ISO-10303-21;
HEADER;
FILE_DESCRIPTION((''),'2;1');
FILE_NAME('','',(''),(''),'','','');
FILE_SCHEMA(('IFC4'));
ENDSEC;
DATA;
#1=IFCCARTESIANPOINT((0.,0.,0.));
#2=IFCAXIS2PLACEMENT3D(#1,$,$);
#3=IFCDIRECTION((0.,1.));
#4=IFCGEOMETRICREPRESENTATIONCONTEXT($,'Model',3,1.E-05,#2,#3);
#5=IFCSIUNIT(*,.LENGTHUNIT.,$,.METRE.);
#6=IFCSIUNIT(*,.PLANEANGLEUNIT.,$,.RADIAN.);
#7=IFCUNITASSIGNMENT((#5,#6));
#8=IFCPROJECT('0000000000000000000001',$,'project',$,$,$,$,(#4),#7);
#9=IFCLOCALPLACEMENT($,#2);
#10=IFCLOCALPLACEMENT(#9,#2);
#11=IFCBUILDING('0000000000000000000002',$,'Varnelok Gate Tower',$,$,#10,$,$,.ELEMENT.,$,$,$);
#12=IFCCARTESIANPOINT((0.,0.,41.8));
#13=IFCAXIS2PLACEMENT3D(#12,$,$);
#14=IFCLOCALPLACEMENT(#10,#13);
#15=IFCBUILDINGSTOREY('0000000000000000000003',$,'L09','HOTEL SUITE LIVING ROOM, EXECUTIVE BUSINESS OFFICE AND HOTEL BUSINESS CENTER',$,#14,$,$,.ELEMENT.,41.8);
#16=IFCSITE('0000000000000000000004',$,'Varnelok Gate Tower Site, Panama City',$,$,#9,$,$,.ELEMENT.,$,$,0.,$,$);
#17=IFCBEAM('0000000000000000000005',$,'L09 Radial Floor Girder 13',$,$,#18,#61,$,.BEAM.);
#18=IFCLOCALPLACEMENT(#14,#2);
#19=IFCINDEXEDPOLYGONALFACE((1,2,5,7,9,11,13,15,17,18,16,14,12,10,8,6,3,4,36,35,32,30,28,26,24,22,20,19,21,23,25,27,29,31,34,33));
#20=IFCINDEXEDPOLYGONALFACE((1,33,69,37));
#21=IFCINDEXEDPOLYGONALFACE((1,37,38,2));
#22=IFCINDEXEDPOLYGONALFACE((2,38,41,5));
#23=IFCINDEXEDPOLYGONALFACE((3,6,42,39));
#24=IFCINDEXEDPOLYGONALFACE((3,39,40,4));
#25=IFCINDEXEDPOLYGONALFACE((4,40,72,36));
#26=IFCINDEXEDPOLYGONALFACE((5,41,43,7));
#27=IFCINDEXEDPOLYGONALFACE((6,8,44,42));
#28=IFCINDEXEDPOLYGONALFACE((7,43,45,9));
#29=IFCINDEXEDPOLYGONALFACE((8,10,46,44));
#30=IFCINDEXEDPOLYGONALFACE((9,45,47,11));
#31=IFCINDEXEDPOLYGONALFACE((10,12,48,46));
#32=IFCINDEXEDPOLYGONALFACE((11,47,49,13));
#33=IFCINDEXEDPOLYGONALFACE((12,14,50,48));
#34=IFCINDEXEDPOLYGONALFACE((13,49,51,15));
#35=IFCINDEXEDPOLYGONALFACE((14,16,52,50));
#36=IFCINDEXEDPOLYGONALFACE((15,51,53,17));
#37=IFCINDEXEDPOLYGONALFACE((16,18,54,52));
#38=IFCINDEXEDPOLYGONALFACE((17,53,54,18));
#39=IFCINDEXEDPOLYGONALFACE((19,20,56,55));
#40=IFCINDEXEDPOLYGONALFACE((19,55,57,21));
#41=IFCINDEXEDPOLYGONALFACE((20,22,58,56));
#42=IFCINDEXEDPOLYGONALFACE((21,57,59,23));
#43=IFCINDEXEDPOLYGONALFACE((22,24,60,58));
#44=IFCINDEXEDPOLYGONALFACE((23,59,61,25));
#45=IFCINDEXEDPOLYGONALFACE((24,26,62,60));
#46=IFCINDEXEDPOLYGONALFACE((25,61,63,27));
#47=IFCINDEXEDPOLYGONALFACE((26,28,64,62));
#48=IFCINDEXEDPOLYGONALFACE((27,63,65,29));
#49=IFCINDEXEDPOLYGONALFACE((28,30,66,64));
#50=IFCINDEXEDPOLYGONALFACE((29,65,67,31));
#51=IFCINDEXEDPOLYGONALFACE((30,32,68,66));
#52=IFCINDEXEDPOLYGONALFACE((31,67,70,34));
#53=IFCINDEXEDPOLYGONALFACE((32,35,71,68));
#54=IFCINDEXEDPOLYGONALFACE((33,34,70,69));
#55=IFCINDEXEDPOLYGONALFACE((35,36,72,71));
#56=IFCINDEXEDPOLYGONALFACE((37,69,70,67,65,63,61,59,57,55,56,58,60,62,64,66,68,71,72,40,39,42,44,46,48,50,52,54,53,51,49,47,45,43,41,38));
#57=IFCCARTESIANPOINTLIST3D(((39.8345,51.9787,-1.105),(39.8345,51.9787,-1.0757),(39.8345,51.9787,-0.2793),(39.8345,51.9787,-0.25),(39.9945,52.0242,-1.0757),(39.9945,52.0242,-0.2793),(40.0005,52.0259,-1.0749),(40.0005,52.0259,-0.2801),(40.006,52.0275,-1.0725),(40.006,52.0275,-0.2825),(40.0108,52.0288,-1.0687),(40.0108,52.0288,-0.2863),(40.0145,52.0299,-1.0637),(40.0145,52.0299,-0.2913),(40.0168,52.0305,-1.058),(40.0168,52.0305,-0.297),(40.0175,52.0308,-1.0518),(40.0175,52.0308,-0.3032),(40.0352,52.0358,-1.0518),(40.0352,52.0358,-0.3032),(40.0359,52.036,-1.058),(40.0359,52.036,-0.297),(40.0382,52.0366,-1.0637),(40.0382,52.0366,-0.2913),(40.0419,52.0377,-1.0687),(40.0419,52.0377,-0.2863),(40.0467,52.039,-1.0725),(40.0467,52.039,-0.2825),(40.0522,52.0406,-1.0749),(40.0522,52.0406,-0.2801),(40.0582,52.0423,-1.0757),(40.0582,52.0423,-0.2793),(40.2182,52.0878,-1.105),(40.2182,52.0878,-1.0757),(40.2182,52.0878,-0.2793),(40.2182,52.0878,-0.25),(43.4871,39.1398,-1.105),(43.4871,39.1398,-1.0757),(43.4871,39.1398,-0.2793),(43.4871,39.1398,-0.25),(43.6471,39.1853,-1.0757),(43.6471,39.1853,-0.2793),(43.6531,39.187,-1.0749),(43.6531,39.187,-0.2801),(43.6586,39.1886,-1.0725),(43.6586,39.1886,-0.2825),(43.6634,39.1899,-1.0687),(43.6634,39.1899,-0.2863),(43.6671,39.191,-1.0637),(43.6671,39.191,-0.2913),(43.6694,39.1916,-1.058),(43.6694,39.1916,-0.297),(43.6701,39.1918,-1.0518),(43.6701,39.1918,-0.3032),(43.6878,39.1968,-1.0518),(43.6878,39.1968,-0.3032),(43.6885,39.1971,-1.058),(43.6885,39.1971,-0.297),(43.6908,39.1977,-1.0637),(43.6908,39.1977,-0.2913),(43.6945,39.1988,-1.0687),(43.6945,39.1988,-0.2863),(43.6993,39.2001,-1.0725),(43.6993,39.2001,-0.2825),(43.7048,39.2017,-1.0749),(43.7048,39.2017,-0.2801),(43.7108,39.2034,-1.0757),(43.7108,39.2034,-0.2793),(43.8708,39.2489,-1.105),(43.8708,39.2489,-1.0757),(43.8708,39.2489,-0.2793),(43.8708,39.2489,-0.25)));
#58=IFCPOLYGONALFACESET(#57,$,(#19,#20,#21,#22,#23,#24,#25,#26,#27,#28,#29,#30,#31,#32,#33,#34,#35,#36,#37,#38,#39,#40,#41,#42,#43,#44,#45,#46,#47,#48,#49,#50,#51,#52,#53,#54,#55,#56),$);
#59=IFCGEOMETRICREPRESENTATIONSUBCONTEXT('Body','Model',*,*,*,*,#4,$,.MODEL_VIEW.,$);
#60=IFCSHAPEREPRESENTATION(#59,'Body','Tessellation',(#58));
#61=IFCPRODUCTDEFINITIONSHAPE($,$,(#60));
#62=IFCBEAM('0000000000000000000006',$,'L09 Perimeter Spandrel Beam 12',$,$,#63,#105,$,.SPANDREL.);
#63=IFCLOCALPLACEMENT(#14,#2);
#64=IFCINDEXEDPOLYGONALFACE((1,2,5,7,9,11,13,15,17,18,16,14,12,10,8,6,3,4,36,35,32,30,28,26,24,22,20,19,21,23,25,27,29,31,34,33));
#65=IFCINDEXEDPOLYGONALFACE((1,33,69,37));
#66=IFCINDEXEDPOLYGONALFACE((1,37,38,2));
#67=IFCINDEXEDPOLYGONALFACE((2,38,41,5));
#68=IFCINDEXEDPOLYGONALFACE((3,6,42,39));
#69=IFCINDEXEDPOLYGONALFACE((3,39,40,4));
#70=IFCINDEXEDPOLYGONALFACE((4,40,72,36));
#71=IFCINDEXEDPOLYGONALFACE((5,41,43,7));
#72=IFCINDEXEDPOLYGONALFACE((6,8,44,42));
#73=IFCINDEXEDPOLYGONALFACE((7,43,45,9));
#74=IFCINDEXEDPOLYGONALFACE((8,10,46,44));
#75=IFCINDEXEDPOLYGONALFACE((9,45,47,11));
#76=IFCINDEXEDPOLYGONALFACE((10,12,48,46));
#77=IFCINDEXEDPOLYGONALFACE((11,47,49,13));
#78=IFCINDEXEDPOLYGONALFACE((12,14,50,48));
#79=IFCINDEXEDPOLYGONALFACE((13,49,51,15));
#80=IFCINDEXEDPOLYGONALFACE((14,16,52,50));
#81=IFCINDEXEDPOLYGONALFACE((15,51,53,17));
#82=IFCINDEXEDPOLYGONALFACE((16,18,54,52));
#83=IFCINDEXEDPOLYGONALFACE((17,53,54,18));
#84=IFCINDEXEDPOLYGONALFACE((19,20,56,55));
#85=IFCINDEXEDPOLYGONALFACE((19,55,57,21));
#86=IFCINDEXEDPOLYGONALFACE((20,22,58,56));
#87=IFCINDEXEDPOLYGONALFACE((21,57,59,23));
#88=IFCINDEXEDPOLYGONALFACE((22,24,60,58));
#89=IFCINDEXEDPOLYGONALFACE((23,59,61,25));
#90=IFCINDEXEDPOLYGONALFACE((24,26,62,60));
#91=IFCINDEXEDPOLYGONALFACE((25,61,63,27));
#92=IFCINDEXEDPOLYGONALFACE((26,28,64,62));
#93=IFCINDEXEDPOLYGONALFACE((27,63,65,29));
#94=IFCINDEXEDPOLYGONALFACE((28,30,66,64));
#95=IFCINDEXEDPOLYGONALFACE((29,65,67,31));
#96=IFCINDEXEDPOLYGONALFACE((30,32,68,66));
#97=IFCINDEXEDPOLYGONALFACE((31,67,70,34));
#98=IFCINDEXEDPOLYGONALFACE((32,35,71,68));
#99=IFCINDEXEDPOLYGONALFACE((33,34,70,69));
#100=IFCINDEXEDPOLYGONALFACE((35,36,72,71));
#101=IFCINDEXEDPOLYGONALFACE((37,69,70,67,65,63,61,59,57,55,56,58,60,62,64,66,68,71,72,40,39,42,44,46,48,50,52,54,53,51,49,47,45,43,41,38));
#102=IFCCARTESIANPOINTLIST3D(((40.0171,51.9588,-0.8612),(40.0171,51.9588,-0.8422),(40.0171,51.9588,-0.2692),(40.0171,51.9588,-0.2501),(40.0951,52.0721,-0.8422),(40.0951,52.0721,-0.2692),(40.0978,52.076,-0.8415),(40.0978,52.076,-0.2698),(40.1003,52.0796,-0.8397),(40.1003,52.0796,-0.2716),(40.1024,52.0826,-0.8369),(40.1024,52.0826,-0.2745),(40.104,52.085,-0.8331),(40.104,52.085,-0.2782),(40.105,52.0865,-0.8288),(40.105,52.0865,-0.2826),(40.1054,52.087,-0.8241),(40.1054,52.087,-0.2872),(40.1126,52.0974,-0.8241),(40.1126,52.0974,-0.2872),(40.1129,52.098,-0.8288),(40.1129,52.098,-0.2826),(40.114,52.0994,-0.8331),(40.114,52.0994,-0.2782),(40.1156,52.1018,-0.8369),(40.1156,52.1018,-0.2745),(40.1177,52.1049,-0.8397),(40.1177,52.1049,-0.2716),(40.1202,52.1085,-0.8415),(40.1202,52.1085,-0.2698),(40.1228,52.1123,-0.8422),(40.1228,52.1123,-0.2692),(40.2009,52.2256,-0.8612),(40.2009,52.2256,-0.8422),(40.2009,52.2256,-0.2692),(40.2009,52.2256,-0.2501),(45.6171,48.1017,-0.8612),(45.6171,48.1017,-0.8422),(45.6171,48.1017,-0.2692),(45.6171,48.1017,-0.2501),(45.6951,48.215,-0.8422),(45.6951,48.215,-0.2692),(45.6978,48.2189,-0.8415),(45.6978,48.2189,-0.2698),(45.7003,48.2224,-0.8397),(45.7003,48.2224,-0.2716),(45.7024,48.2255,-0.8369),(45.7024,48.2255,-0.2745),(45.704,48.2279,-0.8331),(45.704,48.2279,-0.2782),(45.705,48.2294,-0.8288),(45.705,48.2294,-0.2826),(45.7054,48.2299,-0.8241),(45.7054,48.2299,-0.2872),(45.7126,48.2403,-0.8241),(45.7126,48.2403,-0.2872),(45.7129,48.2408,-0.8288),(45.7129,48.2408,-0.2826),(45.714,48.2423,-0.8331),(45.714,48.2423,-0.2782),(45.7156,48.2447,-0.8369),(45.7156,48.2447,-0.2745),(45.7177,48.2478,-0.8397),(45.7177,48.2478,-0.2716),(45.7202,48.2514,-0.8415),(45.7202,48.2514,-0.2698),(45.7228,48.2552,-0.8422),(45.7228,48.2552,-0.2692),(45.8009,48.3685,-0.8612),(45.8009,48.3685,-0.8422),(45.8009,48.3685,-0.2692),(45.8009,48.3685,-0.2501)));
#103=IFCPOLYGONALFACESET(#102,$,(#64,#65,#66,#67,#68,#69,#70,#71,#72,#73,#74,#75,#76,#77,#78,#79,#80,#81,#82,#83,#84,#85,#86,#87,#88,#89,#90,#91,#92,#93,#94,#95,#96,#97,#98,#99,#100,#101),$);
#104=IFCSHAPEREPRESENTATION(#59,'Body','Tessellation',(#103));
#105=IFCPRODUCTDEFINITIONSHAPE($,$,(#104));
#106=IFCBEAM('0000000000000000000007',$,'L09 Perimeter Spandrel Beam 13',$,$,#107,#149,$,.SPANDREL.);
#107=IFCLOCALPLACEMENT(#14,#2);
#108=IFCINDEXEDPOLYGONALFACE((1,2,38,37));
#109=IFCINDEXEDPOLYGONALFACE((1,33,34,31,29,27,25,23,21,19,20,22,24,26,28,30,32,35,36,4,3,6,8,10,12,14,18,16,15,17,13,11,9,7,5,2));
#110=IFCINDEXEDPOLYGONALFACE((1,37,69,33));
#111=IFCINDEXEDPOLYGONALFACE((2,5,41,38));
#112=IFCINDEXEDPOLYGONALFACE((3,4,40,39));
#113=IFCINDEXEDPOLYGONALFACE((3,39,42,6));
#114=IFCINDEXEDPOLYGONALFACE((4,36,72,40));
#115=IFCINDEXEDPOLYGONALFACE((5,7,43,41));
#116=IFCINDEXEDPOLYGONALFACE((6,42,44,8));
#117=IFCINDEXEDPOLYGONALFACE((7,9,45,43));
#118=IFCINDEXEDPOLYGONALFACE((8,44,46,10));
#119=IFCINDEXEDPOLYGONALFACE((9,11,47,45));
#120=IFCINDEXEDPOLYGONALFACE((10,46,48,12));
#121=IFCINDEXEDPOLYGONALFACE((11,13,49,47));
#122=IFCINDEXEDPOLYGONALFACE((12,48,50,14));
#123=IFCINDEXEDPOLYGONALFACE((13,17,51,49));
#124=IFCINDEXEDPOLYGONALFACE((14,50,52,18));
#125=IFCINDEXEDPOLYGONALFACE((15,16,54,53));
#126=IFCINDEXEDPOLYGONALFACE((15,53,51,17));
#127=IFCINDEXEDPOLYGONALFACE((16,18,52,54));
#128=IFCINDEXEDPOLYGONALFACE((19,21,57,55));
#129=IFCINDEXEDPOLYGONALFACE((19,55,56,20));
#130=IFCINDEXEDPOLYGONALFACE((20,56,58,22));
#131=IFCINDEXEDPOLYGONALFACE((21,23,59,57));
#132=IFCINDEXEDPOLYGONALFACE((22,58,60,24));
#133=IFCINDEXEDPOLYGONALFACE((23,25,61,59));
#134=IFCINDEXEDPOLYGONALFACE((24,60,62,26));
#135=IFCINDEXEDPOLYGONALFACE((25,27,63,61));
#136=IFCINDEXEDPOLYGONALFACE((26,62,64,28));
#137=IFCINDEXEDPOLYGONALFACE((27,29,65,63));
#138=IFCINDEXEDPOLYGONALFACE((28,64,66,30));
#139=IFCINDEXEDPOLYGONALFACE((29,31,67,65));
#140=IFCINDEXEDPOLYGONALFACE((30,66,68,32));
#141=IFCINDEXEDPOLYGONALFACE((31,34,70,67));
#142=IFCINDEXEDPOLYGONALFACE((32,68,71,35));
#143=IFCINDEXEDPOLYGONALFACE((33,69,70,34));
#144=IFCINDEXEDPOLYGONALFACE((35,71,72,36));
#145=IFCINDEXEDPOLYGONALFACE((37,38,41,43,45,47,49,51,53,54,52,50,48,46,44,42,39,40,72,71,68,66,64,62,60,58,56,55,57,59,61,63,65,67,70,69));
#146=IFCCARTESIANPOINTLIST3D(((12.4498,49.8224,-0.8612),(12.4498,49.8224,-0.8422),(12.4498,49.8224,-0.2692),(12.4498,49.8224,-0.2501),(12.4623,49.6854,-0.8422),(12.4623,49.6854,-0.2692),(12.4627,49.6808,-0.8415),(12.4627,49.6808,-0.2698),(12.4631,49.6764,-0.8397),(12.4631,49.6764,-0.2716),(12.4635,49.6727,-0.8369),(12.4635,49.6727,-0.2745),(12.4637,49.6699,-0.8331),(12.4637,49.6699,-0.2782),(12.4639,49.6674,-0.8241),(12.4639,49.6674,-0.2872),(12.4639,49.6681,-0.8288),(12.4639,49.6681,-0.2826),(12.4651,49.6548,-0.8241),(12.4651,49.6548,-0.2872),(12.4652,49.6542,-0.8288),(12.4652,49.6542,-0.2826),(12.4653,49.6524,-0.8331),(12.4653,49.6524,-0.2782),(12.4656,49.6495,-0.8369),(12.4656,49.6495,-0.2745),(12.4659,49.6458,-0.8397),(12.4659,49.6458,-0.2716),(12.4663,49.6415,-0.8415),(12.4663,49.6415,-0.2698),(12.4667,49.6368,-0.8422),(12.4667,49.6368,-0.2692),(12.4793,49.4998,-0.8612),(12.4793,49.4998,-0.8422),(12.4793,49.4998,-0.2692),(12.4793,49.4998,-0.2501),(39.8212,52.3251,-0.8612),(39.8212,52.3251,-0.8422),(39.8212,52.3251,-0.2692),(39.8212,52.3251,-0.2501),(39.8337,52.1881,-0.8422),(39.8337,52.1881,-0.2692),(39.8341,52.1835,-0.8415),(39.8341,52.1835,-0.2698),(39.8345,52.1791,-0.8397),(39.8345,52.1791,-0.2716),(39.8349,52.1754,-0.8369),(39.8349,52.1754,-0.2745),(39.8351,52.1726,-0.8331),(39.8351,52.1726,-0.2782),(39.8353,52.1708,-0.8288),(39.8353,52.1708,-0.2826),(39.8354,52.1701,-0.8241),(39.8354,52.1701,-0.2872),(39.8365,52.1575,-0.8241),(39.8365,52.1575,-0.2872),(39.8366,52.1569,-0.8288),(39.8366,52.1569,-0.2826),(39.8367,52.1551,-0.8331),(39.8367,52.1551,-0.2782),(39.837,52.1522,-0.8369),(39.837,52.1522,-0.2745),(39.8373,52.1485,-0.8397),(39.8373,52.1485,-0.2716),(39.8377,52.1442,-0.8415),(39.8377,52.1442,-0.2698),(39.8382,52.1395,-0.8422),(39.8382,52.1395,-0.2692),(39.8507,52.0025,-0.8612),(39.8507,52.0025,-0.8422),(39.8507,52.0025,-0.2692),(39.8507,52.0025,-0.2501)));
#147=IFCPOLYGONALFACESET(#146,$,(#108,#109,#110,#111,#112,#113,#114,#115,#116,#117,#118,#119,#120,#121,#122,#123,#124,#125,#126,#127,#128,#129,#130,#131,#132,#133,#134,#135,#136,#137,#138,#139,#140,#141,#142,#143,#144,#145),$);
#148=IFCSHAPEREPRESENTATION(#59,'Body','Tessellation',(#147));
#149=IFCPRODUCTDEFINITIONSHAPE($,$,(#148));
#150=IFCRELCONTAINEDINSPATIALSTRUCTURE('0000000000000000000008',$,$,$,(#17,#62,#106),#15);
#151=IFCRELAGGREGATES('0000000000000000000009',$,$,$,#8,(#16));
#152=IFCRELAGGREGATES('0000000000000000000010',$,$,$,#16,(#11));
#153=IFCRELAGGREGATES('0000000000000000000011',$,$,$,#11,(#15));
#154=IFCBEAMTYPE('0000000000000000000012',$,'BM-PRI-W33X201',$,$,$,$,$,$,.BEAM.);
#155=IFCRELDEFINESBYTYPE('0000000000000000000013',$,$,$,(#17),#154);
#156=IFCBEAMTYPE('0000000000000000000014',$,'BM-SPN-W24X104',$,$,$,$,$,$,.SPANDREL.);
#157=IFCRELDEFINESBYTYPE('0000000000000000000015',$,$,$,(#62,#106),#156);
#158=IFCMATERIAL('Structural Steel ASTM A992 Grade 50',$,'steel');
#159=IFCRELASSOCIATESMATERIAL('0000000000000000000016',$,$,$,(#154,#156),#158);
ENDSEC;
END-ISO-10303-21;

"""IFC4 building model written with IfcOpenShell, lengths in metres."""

from ifc_helpers import new_model, si_unit, direction, frame, origin, origin_2d, place, context, subcontext, project, spatial, i_section, extrude, material, material_profile, profile_set, type_object, element, save


model = new_model("IFC4")

# Units and contexts
model_context = context("Model", 3, precision=1e-05, world=origin(), true_north=direction((0.0, 1.0)))
body_context = subcontext(model_context, "Body", "Model", "MODEL_VIEW")
ifc_project = project(units=[si_unit("LENGTHUNIT", "METRE"), si_unit("PLANEANGLEUNIT", "RADIAN")], contexts=[model_context])

# Site, building, storey
site_placement = place(None, origin())
site = spatial("IfcSite", under=ifc_project, at=site_placement, Name="Varnelok Gate Tower Site, Panama City", CompositionType="ELEMENT", RefElevation=0.0)
building_placement = place(site_placement, origin())
building = spatial("IfcBuilding", under=site, at=building_placement, Name="Varnelok Gate Tower", CompositionType="ELEMENT")
storey_placement = place(building_placement, frame((0.0, 0.0, 41.8)))
storey = spatial("IfcBuildingStorey", under=building, at=storey_placement, Name="L09", Description="HOTEL SUITE LIVING ROOM, EXECUTIVE BUSINESS OFFICE AND HOTEL BUSINESS CENTER", CompositionType="ELEMENT", Elevation=41.8)

# Shared definitions
ifc_material_1 = material(Name="Structural Steel ASTM A992 Grade 50", Category="steel")

# Beams
ifc_material_profile_1 = material_profile(ifc_material_1, i_section(OverallWidth=0.3989, OverallDepth=0.855, WebThickness=0.0183, FlangeThickness=0.0293, FilletRadius=0.0239, at=origin_2d()), Name="W33X201")
ifc_profile_set_1 = profile_set([ifc_material_profile_1], Name="Structural Steel ASTM A992 Grade 50")
beam_type_1 = type_object("IfcBeamType", Name="BM-PRI-W33X201", PredefinedType="BEAM", material=ifc_profile_set_1)
beam_1_placement = place(storey_placement, frame((43.679, 39.1943, -0.6775), z_axis=(-0.273636, 0.961833, 0.0), x_axis=(-0.961833, -0.273636, 0.0)))
element("IfcBeam", 1, at=beam_1_placement, inside=storey, type_object=beam_type_1, Name="L09 Radial Floor Girder 13", PredefinedType="BEAM", context=body_context, shape_type="SweptSolid", body=[
    extrude(i_section(OverallWidth=0.3989, OverallDepth=0.855, WebThickness=0.0183, FlangeThickness=0.0293, FilletRadius=0.0239, at=origin_2d()), origin(), (0.0, 0.0, 1.0), 13.3484),
])
ifc_material_profile_2 = material_profile(ifc_material_1, i_section(OverallWidth=0.324, OverallDepth=0.6111, WebThickness=0.0127, FlangeThickness=0.019, FilletRadius=0.0181, at=origin_2d()), Name="W24X104")
ifc_profile_set_2 = profile_set([ifc_material_profile_2], Name="Structural Steel ASTM A992 Grade 50")
beam_type_2 = type_object("IfcBeamType", Name="BM-SPN-W24X104", PredefinedType="SPANDREL", material=ifc_profile_set_2)
beam_2_placement = place(storey_placement, frame((45.709, 48.2351, -0.5557), z_axis=(-0.823553, 0.567239, 0.0), x_axis=(-0.567239, -0.823553, 0.0)))
element("IfcBeam", 2, at=beam_2_placement, inside=storey, type_object=beam_type_2, Name="L09 Perimeter Spandrel Beam 12", PredefinedType="SPANDREL", context=body_context, shape_type="SweptSolid", body=[
    extrude(i_section(OverallWidth=0.324, OverallDepth=0.6111, WebThickness=0.0127, FlangeThickness=0.019, FilletRadius=0.0181, at=origin_2d()), origin(), (0.0, 0.0, 1.0), 6.7998),
])
beam_3_placement = place(storey_placement, frame((39.8359, 52.1638, -0.5557), z_axis=(-0.995846, -0.091055, 0.0), x_axis=(0.091055, -0.995846, 0.0)))
element("IfcBeam", 3, at=beam_3_placement, inside=storey, type_object=beam_type_2, Name="L09 Perimeter Spandrel Beam 13", PredefinedType="SPANDREL", context=body_context, shape_type="SweptSolid", body=[
    extrude(i_section(OverallWidth=0.324, OverallDepth=0.6111, WebThickness=0.0127, FlangeThickness=0.019, FilletRadius=0.0181, at=origin_2d()), origin(), (0.0, 0.0, 1.0), 27.4856),
])

save(model, "model.ifc")
